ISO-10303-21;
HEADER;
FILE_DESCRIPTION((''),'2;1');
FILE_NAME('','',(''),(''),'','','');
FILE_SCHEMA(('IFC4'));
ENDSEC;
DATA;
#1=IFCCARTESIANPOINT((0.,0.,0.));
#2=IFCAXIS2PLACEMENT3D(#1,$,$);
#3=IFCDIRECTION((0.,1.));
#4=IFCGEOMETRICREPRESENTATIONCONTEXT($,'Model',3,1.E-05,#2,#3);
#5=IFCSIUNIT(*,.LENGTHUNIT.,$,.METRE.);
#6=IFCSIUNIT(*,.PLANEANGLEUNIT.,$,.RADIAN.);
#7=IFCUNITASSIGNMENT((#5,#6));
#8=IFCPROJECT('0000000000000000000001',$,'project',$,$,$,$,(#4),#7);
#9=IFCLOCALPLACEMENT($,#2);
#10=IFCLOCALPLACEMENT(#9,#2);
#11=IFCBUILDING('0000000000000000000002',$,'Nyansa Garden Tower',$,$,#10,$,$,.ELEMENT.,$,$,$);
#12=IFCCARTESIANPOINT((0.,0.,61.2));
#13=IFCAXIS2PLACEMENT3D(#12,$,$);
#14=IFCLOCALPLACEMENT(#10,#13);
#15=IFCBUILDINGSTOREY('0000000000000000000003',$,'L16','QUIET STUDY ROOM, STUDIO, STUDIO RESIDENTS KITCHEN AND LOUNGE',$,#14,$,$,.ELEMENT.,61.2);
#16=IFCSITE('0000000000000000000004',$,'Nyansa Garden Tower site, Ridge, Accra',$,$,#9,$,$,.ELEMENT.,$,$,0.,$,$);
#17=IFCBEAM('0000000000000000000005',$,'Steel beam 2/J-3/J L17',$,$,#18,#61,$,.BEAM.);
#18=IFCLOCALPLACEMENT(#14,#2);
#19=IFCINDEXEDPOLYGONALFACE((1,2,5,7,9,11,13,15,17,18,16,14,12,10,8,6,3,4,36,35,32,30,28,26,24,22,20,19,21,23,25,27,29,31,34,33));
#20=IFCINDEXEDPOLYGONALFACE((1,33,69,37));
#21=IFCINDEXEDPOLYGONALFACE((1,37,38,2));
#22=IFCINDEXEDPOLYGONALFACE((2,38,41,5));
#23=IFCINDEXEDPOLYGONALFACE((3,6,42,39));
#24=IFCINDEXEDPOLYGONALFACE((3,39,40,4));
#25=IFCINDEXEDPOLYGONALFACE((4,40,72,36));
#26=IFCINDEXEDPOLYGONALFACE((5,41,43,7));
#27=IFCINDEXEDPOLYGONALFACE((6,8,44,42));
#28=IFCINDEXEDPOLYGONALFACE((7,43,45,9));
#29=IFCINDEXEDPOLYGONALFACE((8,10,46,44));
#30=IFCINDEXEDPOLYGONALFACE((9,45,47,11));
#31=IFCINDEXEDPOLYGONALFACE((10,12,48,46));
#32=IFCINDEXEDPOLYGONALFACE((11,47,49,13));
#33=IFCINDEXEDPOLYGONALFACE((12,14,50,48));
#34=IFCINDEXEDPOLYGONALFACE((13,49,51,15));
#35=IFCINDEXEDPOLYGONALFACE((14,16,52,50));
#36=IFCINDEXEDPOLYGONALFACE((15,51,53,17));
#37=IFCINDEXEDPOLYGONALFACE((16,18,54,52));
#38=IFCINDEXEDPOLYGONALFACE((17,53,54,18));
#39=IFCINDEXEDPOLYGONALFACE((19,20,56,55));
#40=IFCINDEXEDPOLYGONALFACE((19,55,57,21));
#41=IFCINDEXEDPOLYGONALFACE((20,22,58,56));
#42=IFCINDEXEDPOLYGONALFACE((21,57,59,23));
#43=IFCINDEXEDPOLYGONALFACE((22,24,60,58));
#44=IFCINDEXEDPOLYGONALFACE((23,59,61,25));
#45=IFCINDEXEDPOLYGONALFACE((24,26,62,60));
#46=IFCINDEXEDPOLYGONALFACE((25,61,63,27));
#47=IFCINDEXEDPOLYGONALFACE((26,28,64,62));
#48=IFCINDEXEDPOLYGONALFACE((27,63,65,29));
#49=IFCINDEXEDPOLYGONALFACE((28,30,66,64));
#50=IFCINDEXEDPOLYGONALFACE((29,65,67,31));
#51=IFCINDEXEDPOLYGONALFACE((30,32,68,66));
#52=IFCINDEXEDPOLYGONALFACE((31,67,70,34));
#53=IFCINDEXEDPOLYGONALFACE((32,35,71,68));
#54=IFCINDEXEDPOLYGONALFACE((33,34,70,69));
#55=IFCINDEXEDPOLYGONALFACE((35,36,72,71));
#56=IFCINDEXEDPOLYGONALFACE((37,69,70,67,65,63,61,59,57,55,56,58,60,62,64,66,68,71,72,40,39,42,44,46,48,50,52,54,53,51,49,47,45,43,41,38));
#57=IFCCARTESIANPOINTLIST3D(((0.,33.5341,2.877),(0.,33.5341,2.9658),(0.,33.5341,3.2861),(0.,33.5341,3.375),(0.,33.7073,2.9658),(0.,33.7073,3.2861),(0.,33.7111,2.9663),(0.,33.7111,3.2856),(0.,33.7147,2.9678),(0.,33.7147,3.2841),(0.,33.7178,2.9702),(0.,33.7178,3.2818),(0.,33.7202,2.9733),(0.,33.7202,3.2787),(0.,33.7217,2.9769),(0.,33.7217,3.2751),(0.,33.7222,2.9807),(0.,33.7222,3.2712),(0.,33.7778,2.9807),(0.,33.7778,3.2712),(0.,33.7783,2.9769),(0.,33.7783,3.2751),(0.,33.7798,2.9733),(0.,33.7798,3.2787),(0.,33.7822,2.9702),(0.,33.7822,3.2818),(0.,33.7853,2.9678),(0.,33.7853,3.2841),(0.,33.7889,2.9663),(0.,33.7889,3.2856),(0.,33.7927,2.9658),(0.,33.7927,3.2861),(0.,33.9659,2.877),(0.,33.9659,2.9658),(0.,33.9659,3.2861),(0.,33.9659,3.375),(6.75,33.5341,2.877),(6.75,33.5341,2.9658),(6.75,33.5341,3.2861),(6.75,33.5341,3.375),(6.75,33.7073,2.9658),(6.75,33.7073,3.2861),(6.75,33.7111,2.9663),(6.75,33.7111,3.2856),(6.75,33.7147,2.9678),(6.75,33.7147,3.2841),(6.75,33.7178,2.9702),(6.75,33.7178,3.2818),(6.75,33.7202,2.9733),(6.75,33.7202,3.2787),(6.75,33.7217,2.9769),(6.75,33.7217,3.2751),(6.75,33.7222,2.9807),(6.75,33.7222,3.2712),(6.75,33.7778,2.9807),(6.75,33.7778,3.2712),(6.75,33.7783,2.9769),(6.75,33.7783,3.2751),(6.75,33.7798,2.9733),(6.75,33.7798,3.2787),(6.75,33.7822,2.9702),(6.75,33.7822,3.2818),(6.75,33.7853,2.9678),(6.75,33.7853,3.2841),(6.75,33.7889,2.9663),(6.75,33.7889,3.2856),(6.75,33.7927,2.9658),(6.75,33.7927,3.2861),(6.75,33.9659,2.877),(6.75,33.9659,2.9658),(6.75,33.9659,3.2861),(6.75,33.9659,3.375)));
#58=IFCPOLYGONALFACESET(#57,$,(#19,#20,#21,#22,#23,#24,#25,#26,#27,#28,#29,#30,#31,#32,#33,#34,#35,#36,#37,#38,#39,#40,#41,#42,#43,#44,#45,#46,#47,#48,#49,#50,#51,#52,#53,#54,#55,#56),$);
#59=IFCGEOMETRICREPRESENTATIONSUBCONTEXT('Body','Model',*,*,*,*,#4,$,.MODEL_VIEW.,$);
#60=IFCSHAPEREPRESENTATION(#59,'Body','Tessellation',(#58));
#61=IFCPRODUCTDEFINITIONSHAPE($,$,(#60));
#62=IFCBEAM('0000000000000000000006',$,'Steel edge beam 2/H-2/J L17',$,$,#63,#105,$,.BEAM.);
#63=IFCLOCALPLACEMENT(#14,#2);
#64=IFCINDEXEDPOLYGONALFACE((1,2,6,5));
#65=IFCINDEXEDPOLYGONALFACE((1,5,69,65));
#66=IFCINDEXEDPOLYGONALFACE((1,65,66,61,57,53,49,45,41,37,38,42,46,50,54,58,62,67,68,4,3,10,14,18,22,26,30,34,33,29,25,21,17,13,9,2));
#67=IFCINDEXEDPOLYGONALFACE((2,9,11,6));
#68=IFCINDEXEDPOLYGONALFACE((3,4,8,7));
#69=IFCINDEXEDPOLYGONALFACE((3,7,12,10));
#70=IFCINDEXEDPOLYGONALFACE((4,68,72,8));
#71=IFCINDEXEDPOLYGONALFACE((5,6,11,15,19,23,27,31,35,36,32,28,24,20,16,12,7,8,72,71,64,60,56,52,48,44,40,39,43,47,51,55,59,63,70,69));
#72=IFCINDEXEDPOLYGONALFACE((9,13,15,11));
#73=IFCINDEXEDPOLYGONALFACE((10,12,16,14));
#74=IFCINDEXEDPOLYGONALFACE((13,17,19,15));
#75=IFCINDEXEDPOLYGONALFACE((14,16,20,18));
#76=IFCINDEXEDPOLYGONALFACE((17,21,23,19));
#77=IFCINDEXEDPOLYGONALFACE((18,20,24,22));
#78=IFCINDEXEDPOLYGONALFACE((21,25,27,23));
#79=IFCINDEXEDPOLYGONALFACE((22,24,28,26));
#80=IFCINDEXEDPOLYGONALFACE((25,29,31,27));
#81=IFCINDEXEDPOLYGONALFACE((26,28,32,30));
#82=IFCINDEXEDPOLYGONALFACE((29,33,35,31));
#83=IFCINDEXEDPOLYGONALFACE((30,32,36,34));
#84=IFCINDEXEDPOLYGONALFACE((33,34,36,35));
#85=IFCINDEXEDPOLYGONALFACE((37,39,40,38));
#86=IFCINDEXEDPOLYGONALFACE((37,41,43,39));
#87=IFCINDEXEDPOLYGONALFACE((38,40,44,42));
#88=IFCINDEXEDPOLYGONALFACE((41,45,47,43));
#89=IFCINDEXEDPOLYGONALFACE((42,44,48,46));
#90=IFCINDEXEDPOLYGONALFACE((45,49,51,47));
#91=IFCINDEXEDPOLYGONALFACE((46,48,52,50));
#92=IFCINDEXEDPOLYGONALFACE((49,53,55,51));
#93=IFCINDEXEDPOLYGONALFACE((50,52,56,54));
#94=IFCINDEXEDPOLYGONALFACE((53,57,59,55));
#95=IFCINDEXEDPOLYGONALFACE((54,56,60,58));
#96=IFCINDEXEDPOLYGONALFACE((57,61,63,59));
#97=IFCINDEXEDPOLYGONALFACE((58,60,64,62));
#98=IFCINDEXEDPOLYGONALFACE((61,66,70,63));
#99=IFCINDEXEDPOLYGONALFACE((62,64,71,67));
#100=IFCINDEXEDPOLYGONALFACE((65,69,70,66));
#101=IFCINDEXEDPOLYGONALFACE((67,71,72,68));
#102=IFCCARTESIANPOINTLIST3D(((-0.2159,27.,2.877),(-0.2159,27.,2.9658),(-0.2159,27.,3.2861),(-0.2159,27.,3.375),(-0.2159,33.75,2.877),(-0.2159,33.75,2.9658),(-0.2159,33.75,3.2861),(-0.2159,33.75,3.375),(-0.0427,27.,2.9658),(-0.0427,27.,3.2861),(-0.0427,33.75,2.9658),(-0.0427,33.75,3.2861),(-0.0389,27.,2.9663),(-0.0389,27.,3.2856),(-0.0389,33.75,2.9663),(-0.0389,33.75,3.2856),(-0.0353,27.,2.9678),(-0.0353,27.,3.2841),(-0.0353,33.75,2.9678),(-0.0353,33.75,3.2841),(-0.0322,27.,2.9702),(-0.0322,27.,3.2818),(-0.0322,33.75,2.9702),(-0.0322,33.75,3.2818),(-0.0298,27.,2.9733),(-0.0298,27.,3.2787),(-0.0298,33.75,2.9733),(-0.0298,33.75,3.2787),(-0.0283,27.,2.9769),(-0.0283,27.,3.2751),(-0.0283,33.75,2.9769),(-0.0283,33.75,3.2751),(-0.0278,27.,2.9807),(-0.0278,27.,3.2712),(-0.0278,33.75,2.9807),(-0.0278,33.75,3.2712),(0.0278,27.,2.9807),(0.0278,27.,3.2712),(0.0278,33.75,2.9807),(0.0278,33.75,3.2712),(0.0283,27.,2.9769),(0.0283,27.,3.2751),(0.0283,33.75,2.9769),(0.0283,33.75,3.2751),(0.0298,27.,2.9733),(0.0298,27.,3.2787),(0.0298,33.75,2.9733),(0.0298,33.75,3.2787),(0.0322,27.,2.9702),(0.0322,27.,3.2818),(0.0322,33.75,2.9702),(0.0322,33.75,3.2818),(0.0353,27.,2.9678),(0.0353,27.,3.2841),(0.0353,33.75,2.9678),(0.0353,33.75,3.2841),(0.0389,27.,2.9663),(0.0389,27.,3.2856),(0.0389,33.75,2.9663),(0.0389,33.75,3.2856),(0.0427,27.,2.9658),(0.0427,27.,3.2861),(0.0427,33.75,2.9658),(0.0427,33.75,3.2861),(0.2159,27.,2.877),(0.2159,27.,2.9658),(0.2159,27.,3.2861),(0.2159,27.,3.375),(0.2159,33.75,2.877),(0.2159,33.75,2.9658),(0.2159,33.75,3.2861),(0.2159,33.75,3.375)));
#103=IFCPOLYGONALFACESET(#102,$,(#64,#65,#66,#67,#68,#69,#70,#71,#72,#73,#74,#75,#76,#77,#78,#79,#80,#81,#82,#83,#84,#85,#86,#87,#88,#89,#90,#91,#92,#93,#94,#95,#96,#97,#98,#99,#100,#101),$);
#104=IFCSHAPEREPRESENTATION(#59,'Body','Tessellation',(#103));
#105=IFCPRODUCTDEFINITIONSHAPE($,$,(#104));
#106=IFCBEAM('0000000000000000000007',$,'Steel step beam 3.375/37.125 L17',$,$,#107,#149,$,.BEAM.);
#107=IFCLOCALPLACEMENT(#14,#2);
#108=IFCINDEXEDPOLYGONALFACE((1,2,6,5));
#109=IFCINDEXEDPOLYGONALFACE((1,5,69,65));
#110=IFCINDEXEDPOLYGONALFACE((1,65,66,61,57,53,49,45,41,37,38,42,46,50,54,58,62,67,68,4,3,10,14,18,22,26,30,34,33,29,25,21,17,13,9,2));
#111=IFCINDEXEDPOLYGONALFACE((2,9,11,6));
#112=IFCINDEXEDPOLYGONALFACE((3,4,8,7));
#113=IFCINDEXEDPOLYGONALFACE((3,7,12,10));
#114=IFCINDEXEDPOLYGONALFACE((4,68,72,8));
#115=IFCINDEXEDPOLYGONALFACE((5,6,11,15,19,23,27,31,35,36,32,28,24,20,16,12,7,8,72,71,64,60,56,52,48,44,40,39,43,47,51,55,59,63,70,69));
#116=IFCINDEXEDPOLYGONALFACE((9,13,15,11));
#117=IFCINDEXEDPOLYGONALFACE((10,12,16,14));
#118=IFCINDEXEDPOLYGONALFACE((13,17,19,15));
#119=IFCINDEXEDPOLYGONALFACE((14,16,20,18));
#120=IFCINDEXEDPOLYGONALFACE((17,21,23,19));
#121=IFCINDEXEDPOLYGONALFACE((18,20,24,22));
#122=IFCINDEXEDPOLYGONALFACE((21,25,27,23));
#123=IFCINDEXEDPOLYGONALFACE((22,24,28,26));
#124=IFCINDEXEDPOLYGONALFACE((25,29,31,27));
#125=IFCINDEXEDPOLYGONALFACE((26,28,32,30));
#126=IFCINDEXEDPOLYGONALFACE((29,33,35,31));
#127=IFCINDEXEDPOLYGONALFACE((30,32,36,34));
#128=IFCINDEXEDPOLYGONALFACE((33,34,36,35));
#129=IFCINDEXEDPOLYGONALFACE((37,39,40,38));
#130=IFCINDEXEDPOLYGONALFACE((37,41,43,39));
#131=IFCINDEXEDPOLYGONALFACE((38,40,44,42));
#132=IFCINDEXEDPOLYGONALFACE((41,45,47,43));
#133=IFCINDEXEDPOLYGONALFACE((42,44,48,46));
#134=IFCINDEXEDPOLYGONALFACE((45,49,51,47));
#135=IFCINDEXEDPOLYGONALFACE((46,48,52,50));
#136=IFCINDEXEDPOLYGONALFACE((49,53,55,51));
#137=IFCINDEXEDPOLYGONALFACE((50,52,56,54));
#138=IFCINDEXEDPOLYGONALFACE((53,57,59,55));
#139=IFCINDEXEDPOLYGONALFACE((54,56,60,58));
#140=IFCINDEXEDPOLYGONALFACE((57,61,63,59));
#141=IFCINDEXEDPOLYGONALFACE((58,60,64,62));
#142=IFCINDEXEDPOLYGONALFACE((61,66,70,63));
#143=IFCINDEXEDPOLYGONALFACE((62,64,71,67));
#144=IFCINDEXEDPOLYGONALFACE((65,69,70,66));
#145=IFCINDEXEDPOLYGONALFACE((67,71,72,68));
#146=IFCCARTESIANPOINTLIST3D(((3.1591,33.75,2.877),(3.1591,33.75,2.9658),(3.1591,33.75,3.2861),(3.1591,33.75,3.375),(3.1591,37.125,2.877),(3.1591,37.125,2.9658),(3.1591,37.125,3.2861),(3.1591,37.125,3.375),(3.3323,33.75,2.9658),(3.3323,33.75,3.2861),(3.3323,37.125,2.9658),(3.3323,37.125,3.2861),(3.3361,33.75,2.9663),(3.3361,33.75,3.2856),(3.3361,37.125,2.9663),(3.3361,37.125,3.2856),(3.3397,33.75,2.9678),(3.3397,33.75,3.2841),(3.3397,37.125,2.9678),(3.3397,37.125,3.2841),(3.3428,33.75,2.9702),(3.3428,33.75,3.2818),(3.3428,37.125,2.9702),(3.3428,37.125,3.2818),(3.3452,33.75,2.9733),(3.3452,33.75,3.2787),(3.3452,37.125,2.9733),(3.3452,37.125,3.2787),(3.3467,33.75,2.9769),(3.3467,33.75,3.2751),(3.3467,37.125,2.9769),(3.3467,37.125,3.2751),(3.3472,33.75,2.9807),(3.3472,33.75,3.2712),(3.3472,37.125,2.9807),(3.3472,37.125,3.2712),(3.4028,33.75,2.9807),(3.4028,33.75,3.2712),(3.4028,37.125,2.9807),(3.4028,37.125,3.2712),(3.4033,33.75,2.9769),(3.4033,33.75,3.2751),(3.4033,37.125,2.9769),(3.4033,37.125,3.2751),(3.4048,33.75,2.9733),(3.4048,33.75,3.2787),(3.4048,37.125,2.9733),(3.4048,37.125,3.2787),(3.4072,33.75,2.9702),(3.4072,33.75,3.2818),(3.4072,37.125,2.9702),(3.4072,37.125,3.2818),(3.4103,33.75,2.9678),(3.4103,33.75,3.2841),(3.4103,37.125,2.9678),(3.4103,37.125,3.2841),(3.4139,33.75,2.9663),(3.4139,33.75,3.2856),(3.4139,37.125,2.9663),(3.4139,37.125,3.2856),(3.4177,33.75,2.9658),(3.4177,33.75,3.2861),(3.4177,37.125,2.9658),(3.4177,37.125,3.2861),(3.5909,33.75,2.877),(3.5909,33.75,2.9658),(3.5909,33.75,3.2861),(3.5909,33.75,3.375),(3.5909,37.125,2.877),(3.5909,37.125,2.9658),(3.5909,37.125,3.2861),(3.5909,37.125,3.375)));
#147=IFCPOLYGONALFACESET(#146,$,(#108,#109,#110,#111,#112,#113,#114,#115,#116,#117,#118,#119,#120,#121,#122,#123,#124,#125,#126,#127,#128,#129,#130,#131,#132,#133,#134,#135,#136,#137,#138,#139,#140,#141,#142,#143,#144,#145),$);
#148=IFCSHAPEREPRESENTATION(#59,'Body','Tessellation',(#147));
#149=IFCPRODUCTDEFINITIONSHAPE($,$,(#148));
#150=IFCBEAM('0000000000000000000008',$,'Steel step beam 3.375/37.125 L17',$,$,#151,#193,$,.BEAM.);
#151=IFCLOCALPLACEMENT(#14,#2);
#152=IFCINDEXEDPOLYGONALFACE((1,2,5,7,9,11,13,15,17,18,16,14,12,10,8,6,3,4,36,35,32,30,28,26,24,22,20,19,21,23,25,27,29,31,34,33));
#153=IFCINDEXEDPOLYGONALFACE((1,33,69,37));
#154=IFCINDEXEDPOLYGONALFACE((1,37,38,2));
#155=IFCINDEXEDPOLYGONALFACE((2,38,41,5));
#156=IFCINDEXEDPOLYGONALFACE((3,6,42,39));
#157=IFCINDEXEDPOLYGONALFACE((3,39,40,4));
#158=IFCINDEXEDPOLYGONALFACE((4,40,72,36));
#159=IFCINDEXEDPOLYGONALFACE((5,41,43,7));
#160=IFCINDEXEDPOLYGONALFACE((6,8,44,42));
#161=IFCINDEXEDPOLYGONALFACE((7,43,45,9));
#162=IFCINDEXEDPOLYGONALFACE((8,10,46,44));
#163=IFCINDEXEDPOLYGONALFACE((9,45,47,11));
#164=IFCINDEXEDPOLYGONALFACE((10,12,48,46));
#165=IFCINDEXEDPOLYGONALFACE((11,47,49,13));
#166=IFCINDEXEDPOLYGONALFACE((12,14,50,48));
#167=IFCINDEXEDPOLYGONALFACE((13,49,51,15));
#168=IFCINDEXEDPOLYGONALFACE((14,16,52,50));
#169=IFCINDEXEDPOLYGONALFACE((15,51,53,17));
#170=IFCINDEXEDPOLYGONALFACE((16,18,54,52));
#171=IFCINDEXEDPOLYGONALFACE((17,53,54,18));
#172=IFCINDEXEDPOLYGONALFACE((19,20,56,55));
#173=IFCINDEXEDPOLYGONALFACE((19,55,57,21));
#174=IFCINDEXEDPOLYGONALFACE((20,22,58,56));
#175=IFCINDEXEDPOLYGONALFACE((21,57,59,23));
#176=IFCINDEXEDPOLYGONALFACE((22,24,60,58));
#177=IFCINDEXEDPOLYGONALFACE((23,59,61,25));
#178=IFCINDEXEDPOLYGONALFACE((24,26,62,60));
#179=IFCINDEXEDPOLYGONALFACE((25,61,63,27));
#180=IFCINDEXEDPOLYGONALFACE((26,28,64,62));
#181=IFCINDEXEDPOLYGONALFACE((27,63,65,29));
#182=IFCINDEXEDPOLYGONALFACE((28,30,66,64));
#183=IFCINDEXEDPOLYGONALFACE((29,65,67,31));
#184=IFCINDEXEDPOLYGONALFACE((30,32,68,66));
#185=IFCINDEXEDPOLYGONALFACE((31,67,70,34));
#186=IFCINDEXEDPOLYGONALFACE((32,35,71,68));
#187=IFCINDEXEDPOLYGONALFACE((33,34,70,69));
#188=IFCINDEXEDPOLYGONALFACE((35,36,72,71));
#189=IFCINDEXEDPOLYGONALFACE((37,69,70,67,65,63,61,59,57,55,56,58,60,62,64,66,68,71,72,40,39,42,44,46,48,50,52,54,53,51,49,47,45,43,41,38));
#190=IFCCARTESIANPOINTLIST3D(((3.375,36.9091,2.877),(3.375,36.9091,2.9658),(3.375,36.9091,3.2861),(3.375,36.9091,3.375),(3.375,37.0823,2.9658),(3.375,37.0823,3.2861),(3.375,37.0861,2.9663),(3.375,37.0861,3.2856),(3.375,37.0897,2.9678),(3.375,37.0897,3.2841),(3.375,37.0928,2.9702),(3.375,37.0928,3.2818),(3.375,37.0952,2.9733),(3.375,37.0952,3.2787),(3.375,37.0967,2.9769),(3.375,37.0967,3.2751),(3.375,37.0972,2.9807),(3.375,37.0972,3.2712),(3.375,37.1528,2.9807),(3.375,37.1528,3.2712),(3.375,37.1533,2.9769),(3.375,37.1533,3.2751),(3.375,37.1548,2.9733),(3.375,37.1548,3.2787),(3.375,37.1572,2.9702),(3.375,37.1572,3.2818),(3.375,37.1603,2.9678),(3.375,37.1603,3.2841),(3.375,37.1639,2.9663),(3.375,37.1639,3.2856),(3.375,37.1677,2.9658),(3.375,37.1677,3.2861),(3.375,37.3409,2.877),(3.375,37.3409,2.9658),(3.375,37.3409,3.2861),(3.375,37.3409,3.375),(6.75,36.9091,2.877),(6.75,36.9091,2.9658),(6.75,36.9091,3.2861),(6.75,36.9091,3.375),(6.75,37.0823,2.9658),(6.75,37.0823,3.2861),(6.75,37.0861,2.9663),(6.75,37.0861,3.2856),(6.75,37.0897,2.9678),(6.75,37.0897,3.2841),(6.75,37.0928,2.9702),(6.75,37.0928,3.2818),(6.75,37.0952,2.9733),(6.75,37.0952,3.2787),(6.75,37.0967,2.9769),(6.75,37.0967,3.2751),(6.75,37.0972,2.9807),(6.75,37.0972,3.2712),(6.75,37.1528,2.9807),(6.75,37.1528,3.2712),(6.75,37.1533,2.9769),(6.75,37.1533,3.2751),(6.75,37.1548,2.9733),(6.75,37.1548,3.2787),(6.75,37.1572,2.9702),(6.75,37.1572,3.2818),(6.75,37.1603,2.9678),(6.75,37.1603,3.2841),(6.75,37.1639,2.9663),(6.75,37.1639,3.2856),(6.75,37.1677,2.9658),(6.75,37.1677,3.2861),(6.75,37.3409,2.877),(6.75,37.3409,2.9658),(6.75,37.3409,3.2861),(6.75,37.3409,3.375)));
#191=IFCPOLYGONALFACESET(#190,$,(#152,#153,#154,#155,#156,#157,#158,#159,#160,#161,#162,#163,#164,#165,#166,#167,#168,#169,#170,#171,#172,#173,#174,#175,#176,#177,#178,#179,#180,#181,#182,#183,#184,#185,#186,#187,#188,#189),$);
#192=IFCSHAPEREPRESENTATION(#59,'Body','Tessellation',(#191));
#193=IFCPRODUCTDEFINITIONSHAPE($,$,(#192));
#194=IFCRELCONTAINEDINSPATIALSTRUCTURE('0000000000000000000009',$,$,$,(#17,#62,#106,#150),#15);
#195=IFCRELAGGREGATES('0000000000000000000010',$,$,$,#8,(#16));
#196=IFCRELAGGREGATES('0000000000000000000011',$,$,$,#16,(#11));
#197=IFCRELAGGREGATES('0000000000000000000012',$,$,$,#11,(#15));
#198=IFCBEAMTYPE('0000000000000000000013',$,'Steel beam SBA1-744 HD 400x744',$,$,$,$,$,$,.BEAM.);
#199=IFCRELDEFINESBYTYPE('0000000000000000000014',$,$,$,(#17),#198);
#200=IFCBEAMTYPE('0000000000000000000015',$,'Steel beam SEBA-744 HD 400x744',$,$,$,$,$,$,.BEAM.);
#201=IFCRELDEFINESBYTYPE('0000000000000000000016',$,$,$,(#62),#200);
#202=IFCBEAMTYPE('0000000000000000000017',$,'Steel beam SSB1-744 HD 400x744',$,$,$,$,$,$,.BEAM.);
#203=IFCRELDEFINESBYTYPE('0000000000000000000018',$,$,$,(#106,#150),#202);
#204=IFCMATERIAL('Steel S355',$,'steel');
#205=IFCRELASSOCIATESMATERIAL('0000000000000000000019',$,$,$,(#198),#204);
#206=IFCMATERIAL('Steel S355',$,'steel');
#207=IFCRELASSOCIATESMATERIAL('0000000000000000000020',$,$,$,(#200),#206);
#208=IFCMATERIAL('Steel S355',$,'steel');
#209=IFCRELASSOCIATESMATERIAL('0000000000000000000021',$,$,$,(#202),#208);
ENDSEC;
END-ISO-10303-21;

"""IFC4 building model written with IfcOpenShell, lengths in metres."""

from ifc_helpers import new_model, si_unit, direction, frame, origin, origin_2d, place, context, subcontext, project, spatial, i_section, extrude, material, material_profile, profile_set, type_object, element, save


model = new_model("IFC4")

# Units and contexts
model_context = context("Model", 3, precision=1e-05, world=origin(), true_north=direction((0.0, 1.0)))
body_context = subcontext(model_context, "Body", "Model", "MODEL_VIEW")
ifc_project = project(units=[si_unit("LENGTHUNIT", "METRE"), si_unit("PLANEANGLEUNIT", "RADIAN")], contexts=[model_context])

# Site, building, storey
site_placement = place(None, origin())
site = spatial("IfcSite", under=ifc_project, at=site_placement, Name="Nyansa Garden Tower site, Ridge, Accra", CompositionType="ELEMENT", RefElevation=0.0)
building_placement = place(site_placement, origin())
building = spatial("IfcBuilding", under=site, at=building_placement, Name="Nyansa Garden Tower", CompositionType="ELEMENT")
storey_placement = place(building_placement, frame((0.0, 0.0, 61.2)))
storey = spatial("IfcBuildingStorey", under=building, at=storey_placement, Name="L16", Description="QUIET STUDY ROOM, STUDIO, STUDIO RESIDENTS KITCHEN AND LOUNGE", CompositionType="ELEMENT", Elevation=61.2)

# Beams
ifc_material_1 = material(Name="Steel S355", Category="steel")
ifc_material_profile_1 = material_profile(ifc_material_1, i_section(OverallWidth=0.4319, OverallDepth=0.498, WebThickness=0.0557, FlangeThickness=0.0889, FilletRadius=0.0149, at=origin_2d()), Name="HD 400x744")
ifc_profile_set_1 = profile_set([ifc_material_profile_1], Name="Steel S355")
beam_type_1 = type_object("IfcBeamType", Name="Steel beam SBA1-744 HD 400x744", PredefinedType="BEAM", material=ifc_profile_set_1)
for number, where, z_axis, x_axis, name in (
    (1, (0.0, 33.75, 3.126), (1.0, 0.0, 0.0), (0.0, 1.0, 0.0), "Steel beam 2/J-3/J L17"),
):
    element("IfcBeam", number, at=place(storey_placement, frame(where, z_axis=z_axis, x_axis=x_axis)), inside=storey, type_object=beam_type_1, Name=name, PredefinedType="BEAM", context=body_context, shape_type="SweptSolid", body=[
        extrude(i_section(OverallWidth=0.4319, OverallDepth=0.498, WebThickness=0.0557, FlangeThickness=0.0889, FilletRadius=0.0149, at=origin_2d()), origin(), (0.0, 0.0, 1.0), 6.75),
    ])
ifc_material_2 = material(Name="Steel S355", Category="steel")
ifc_material_profile_2 = material_profile(ifc_material_2, i_section(OverallWidth=0.4319, OverallDepth=0.498, WebThickness=0.0557, FlangeThickness=0.0889, FilletRadius=0.0149, at=origin_2d()), Name="HD 400x744")
ifc_profile_set_2 = profile_set([ifc_material_profile_2], Name="Steel S355")
beam_type_2 = type_object("IfcBeamType", Name="Steel beam SEBA-744 HD 400x744", PredefinedType="BEAM", material=ifc_profile_set_2)
beam_1_placement = place(storey_placement, frame((0.0, 27.0, 3.126), z_axis=(0.0, 1.0, 0.0), x_axis=(-1.0, 0.0, 0.0)))
element("IfcBeam", 2, at=beam_1_placement, inside=storey, type_object=beam_type_2, Name="Steel edge beam 2/H-2/J L17", PredefinedType="BEAM", context=body_context, shape_type="SweptSolid", body=[
    extrude(i_section(OverallWidth=0.4319, OverallDepth=0.498, WebThickness=0.0557, FlangeThickness=0.0889, FilletRadius=0.0149, at=origin_2d()), origin(), (0.0, 0.0, 1.0), 6.75),
])
ifc_material_3 = material(Name="Steel S355", Category="steel")
ifc_material_profile_3 = material_profile(ifc_material_3, i_section(OverallWidth=0.4319, OverallDepth=0.498, WebThickness=0.0557, FlangeThickness=0.0889, FilletRadius=0.0149, at=origin_2d()), Name="HD 400x744")
ifc_profile_set_3 = profile_set([ifc_material_profile_3], Name="Steel S355")
beam_type_3 = type_object("IfcBeamType", Name="Steel beam SSB1-744 HD 400x744", PredefinedType="BEAM", material=ifc_profile_set_3)
for number, where, z_axis, x_axis, name in (
    (3, (3.375, 37.125, 3.126), (0.0, -1.0, 0.0), (1.0, 0.0, 0.0), "Steel step beam 3.375/37.125 L17"),
    (4, (3.375, 37.125, 3.126), (1.0, 0.0, 0.0), (0.0, 1.0, 0.0), "Steel step beam 3.375/37.125 L17"),
):
    element("IfcBeam", number, at=place(storey_placement, frame(where, z_axis=z_axis, x_axis=x_axis)), inside=storey, type_object=beam_type_3, Name=name, PredefinedType="BEAM", context=body_context, shape_type="SweptSolid", body=[
        extrude(i_section(OverallWidth=0.4319, OverallDepth=0.498, WebThickness=0.0557, FlangeThickness=0.0889, FilletRadius=0.0149, at=origin_2d()), origin(), (0.0, 0.0, 1.0), 3.375),
    ])

save(model, "model.ifc")
